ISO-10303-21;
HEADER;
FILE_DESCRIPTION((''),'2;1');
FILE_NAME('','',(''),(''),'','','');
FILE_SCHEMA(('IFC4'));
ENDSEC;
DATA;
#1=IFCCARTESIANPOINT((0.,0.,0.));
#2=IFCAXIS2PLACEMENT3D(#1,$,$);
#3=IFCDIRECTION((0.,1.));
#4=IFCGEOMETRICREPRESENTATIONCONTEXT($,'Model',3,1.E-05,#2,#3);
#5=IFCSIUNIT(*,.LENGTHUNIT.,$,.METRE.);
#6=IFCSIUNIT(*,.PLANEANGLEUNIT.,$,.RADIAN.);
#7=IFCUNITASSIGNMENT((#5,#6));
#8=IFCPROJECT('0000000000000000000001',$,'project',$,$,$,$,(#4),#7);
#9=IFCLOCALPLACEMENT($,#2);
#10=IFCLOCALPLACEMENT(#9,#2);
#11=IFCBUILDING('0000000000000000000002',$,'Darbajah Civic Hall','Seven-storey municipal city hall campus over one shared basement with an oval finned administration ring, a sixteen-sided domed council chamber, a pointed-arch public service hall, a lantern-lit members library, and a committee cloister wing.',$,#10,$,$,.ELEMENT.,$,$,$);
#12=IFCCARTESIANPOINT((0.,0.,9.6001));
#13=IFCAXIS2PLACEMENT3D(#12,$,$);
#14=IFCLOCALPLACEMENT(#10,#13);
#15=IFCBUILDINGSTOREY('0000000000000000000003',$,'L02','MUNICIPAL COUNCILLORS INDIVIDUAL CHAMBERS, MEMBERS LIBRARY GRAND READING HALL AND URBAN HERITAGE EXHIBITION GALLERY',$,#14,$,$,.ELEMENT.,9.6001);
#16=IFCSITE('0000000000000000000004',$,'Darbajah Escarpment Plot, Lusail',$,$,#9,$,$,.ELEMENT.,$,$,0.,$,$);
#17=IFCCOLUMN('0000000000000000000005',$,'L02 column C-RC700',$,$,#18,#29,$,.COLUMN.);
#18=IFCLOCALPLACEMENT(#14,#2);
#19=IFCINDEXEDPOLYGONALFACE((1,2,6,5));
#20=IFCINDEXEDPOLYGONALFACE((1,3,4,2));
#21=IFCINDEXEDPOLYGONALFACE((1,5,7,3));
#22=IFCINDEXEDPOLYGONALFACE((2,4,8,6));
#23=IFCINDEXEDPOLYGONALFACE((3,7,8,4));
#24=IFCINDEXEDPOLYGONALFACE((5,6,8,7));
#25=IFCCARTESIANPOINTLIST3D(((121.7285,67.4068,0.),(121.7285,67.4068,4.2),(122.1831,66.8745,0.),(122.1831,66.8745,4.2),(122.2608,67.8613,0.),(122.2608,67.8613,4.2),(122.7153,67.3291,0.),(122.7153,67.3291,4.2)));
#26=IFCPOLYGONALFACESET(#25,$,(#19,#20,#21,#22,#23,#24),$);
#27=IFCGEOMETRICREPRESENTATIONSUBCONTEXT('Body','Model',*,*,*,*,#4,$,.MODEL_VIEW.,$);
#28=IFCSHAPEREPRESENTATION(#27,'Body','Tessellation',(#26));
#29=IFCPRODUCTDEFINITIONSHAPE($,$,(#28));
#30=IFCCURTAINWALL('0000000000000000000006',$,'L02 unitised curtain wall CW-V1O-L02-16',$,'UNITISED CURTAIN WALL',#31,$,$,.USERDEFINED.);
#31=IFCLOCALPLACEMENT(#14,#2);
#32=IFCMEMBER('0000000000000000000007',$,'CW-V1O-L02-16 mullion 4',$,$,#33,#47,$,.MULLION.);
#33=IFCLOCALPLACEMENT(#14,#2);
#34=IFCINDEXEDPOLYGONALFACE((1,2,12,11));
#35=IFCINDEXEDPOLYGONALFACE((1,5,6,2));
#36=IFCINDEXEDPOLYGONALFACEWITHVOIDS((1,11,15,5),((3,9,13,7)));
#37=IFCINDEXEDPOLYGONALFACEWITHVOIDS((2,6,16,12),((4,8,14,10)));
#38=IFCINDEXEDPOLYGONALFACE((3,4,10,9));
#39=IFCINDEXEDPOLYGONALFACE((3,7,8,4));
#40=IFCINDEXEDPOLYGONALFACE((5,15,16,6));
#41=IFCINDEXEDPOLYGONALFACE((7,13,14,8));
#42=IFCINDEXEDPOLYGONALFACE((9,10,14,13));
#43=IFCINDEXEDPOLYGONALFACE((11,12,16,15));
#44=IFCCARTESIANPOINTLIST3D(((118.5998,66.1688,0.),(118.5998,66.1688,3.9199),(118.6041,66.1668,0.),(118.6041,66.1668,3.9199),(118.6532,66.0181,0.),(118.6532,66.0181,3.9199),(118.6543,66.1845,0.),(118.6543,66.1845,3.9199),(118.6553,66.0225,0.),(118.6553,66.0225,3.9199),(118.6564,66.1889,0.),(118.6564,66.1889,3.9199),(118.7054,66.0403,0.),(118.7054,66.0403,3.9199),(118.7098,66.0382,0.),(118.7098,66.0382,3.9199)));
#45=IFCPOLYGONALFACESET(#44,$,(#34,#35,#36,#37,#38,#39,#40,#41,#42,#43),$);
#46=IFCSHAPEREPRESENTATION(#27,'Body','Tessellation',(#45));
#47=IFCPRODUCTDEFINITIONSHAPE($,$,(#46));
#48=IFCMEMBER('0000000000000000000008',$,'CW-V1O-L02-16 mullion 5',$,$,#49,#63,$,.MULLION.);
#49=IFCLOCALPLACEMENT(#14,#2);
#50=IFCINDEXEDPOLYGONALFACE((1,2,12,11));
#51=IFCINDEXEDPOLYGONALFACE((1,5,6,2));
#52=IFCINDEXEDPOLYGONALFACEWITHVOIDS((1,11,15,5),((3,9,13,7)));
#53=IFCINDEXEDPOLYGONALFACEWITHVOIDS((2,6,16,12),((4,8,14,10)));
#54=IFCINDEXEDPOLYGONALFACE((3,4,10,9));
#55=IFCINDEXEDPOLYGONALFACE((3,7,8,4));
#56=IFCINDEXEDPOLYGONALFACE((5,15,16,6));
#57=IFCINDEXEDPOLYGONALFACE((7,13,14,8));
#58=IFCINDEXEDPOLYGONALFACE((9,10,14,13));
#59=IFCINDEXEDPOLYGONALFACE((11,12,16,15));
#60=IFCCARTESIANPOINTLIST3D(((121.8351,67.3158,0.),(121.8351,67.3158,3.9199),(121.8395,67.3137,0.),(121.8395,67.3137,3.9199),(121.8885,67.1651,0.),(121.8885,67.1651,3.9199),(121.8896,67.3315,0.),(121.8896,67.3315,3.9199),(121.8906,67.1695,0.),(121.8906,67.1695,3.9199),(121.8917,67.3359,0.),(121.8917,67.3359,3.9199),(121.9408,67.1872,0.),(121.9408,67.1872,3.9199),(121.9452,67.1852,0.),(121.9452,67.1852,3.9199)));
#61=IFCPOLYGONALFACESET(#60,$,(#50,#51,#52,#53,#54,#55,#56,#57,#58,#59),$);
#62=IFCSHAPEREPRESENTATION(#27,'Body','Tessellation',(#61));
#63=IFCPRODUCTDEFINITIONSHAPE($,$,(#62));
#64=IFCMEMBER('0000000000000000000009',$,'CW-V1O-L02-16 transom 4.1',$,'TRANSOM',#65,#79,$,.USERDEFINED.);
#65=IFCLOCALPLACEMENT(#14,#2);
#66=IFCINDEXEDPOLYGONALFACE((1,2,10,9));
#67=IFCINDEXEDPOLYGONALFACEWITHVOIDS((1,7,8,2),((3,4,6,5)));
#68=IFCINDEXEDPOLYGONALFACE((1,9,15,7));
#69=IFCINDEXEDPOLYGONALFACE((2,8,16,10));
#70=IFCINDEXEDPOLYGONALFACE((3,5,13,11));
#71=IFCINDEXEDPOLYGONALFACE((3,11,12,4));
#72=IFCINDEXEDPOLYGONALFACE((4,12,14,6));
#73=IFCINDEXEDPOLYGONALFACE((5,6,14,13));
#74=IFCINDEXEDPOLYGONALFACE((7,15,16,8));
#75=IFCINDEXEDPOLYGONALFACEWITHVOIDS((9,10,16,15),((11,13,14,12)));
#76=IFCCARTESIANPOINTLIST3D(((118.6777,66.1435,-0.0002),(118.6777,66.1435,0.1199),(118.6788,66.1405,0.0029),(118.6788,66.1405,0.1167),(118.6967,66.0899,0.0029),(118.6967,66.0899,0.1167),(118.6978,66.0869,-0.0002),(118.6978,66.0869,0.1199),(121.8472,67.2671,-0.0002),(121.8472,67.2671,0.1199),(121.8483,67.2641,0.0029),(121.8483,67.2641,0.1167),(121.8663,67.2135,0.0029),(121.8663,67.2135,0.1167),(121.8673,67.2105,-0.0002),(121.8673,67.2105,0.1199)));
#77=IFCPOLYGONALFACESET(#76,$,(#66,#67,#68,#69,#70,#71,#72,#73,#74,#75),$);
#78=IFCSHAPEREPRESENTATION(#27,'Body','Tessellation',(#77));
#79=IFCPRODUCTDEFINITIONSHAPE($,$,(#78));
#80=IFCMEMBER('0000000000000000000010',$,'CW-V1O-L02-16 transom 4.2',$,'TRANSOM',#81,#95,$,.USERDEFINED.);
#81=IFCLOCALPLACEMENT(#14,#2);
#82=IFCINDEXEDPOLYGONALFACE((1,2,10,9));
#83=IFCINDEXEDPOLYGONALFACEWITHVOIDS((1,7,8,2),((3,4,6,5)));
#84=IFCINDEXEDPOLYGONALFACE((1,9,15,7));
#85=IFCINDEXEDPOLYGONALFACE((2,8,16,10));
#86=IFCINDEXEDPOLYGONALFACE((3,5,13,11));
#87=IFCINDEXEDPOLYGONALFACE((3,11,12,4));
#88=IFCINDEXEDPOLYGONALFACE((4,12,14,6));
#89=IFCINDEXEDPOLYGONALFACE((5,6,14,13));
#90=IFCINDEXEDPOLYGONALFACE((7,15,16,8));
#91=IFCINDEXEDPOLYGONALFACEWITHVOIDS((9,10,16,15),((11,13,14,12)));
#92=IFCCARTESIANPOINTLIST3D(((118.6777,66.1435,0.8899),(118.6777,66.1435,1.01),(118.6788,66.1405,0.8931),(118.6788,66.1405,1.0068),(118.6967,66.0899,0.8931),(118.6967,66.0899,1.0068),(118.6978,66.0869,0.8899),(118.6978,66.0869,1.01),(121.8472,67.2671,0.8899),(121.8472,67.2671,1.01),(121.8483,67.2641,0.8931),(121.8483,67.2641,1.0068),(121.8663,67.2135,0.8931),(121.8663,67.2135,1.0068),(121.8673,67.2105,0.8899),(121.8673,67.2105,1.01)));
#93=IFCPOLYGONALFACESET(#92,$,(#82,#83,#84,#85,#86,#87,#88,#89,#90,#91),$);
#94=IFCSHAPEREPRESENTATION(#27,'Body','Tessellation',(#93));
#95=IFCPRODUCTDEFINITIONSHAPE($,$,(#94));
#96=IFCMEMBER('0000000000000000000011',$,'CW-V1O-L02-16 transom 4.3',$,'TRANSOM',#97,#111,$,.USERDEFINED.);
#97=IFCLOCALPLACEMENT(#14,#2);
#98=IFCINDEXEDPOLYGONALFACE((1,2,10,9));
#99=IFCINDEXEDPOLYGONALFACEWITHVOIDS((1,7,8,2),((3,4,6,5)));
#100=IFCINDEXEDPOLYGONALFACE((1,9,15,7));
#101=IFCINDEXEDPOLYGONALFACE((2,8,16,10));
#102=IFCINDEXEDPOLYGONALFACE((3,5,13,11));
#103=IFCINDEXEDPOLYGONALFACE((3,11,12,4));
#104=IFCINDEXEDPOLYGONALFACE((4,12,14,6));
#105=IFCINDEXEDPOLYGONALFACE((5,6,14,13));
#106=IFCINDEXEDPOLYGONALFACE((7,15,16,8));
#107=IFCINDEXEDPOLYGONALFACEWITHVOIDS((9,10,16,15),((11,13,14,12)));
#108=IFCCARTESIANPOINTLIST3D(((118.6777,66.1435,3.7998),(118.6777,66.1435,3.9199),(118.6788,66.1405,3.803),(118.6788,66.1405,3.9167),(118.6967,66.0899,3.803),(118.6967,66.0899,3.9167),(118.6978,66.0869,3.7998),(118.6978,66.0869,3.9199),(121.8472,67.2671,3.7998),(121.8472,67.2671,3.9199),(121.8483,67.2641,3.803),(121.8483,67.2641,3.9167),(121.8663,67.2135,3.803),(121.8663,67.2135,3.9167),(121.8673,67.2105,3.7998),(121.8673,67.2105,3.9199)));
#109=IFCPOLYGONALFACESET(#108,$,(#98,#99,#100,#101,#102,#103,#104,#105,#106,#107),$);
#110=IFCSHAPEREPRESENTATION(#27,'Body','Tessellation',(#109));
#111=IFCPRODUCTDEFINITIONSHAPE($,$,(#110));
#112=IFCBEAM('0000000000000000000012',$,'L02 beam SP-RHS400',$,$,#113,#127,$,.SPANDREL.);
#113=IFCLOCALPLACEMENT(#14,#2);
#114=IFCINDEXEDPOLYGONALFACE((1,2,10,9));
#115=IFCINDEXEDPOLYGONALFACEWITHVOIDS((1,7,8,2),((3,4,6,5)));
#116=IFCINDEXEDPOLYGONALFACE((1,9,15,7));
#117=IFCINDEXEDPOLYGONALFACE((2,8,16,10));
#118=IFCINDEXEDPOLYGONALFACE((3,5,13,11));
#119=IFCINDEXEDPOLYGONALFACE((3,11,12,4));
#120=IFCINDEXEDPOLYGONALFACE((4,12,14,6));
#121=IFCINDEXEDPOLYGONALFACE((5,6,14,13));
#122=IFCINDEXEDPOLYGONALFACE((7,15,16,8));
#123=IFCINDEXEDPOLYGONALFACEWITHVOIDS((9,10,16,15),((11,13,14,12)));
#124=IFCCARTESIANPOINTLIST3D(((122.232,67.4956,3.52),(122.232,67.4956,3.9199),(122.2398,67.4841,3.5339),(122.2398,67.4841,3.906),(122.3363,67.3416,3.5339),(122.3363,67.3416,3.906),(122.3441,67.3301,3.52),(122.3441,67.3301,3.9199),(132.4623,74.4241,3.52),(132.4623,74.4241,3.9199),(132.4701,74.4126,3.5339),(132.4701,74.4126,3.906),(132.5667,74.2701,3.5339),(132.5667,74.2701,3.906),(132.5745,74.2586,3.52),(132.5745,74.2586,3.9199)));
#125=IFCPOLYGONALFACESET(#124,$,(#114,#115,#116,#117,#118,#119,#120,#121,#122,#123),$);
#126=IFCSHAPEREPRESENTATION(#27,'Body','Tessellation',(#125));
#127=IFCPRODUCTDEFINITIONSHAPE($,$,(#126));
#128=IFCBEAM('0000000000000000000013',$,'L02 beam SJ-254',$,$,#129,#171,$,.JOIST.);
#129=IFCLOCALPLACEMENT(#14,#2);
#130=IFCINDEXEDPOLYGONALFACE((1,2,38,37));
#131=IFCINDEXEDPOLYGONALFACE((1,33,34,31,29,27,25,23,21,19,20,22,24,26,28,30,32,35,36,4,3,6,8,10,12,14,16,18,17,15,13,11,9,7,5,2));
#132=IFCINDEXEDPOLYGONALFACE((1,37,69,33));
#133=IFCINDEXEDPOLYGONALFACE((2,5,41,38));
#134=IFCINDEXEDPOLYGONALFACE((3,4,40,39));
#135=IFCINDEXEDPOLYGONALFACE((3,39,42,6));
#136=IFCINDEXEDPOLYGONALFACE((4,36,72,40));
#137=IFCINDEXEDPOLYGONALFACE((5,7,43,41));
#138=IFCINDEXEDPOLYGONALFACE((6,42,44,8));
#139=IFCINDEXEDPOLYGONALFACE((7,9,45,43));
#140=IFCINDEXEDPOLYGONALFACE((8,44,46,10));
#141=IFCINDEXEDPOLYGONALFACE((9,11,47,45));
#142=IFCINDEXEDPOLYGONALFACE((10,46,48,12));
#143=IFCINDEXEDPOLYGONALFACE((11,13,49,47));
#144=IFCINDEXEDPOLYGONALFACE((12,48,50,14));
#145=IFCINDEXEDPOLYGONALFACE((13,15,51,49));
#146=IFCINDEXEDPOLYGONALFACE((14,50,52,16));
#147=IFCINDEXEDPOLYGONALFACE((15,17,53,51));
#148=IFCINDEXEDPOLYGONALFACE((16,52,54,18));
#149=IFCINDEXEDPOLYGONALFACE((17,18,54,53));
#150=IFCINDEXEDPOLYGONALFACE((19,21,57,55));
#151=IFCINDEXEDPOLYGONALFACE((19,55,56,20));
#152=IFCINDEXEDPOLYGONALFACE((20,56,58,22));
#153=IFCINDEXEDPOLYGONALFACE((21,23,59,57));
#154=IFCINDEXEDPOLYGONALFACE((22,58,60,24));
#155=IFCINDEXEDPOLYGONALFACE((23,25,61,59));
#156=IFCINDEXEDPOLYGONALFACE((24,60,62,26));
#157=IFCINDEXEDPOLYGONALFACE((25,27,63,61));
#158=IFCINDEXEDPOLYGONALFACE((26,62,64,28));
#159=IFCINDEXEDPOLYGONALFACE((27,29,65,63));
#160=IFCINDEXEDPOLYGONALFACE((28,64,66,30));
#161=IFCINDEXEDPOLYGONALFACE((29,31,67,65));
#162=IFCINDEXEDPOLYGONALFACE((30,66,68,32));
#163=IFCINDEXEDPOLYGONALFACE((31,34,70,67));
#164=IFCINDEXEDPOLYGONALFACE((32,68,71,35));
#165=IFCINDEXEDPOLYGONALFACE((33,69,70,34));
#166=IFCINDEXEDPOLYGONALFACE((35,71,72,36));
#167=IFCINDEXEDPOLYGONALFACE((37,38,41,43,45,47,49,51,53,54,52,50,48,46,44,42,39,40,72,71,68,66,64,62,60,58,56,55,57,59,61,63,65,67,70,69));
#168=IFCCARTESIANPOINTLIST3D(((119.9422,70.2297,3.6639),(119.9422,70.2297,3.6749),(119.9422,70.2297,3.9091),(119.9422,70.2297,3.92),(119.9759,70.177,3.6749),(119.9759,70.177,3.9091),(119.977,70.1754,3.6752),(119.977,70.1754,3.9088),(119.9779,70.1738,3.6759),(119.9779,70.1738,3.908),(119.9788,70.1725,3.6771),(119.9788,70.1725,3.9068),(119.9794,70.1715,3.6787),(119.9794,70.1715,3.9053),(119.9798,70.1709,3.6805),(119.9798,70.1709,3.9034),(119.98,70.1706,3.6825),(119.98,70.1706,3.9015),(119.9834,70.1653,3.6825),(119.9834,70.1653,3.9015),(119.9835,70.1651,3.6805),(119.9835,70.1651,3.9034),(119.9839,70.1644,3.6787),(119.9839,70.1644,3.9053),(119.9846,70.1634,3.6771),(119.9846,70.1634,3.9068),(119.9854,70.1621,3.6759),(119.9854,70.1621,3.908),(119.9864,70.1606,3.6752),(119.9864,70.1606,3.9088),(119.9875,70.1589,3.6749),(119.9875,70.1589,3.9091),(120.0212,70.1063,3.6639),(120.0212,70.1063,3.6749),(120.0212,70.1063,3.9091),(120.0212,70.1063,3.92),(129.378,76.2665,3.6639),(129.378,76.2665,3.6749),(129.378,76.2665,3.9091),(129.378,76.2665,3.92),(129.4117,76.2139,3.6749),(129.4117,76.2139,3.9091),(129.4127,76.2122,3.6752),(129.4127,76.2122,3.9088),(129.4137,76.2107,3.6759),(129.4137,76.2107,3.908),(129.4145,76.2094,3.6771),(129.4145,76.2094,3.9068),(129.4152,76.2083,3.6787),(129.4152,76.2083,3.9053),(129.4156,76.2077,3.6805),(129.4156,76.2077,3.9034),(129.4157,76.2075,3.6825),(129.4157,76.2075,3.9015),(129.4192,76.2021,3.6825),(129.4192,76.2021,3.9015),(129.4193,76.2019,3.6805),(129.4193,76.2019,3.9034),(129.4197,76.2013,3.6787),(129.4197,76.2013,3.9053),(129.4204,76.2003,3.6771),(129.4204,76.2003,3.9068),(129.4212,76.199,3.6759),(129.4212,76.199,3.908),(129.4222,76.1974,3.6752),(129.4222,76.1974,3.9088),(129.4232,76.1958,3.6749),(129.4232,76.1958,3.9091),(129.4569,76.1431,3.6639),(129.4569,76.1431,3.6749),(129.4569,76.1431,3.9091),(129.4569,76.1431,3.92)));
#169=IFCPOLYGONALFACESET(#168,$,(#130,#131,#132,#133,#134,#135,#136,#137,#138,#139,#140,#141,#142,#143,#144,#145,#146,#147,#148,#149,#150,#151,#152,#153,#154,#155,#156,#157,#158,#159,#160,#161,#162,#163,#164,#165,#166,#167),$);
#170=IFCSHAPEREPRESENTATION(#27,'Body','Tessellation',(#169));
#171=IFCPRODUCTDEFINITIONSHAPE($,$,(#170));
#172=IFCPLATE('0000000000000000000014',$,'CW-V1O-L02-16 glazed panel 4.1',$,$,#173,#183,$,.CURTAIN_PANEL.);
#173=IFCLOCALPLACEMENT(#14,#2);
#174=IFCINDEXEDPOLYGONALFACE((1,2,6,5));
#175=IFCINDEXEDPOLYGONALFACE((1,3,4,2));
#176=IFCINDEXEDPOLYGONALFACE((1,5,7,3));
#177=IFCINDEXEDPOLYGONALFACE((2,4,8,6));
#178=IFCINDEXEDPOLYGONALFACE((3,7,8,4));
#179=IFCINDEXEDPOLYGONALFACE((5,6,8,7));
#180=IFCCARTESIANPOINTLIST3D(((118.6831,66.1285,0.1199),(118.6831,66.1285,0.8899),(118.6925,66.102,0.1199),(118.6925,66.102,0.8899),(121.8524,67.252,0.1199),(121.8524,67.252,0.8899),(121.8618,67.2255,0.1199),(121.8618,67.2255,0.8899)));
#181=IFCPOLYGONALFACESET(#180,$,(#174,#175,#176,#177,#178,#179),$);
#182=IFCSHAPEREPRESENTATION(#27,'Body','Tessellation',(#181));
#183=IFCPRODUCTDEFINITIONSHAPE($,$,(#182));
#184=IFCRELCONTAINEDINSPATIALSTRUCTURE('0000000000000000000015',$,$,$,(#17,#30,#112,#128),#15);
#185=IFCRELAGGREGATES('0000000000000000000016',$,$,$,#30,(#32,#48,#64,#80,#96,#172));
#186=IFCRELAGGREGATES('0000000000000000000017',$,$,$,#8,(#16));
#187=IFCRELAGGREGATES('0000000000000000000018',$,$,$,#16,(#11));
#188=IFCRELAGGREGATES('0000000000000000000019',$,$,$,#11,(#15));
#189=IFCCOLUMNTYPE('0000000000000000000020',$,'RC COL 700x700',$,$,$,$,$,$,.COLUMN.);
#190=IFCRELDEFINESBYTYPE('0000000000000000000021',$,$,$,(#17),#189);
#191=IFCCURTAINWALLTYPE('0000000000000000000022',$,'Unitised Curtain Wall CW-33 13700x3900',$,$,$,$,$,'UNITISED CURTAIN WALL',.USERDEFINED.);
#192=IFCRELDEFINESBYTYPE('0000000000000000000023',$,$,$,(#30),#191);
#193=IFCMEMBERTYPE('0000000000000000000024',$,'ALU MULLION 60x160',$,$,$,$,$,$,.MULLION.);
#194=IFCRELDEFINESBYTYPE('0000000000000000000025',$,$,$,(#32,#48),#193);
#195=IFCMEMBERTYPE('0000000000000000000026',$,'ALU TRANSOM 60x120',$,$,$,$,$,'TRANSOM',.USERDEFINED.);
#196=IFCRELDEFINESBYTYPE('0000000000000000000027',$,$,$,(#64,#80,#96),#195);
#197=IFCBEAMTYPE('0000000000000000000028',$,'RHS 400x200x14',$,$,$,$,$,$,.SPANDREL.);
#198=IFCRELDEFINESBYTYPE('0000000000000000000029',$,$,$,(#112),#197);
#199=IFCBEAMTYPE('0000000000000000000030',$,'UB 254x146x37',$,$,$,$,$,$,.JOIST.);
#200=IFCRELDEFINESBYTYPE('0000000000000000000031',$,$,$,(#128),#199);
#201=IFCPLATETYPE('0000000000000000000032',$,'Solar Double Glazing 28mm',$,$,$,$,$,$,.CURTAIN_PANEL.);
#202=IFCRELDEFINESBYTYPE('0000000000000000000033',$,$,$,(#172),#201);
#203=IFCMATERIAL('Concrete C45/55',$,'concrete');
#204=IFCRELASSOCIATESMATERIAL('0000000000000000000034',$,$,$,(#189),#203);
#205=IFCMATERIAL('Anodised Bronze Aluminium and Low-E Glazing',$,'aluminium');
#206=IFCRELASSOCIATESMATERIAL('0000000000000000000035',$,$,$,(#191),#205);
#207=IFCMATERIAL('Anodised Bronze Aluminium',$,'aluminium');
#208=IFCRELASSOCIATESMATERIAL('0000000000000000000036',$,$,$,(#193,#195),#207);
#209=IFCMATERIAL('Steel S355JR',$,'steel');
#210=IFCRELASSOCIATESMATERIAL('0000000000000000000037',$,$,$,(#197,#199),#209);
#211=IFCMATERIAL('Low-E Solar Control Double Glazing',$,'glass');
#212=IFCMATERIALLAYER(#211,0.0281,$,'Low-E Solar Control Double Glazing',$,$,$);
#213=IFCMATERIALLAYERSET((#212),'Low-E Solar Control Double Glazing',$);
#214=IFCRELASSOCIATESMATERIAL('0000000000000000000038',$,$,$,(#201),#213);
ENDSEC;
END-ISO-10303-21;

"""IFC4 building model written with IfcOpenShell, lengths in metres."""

from ifc_helpers import new_model, si_unit, direction, frame, origin, origin_2d, place, context, subcontext, project, spatial, rectangle, hollow_rectangle, i_section, extrude, material, layer, layer_set, material_profile, profile_set, type_object, element, aggregate, save


model = new_model("IFC4")

# Units and contexts
model_context = context("Model", 3, precision=1e-05, world=origin(), true_north=direction((0.0, 1.0)))
body_context = subcontext(model_context, "Body", "Model", "MODEL_VIEW")
ifc_project = project(units=[si_unit("LENGTHUNIT", "METRE"), si_unit("PLANEANGLEUNIT", "RADIAN")], contexts=[model_context])

# Site, building, storey
site_placement = place(None, origin())
site = spatial("IfcSite", under=ifc_project, at=site_placement, Name="Darbajah Escarpment Plot, Lusail", CompositionType="ELEMENT", RefElevation=0.0)
building_placement = place(site_placement, origin())
building = spatial("IfcBuilding", under=site, at=building_placement, Name="Darbajah Civic Hall", Description="Seven-storey municipal city hall campus over one shared basement with an oval finned administration ring, a sixteen-sided domed council chamber, a pointed-arch public service hall, a lantern-lit members library, and a committee cloister wing.", CompositionType="ELEMENT")
storey_placement = place(building_placement, frame((0.0, 0.0, 9.6001)))
storey = spatial("IfcBuildingStorey", under=building, at=storey_placement, Name="L02", Description="MUNICIPAL COUNCILLORS INDIVIDUAL CHAMBERS, MEMBERS LIBRARY GRAND READING HALL AND URBAN HERITAGE EXHIBITION GALLERY", CompositionType="ELEMENT", Elevation=9.6001)

# Column
ifc_material_1 = material(Name="Concrete C45/55", Category="concrete")
ifc_material_profile_1 = material_profile(ifc_material_1, rectangle(XDim=0.7, YDim=0.7, at=origin_2d()), Name="RC COL 700x700")
ifc_profile_set_1 = profile_set([ifc_material_profile_1], Name="Concrete C45/55")
column_type = type_object("IfcColumnType", Name="RC COL 700x700", PredefinedType="COLUMN", material=ifc_profile_set_1)
column_placement = place(storey_placement, frame((122.2219, 67.3679, 0.0), z_axis=(0.0, 0.0, 1.0), x_axis=(0.649448, -0.760406, 0.0)))
element("IfcColumn", 1, at=column_placement, inside=storey, type_object=column_type, Name="L02 column C-RC700", PredefinedType="COLUMN", context=body_context, shape_type="SweptSolid", body=[
    extrude(rectangle(XDim=0.7, YDim=0.7, at=origin_2d()), origin(), (0.0, 0.0, 1.0), 4.2),
])

# Curtain wall, members
ifc_material_2 = material(Name="Anodised Bronze Aluminium and Low-E Glazing", Category="aluminium")
curtain_wall_type = type_object("IfcCurtainWallType", Name="Unitised Curtain Wall CW-33 13700x3900", ElementType="UNITISED CURTAIN WALL", PredefinedType="USERDEFINED", material=ifc_material_2)
curtain_wall_placement = place(storey_placement, origin())
curtain_wall = element("IfcCurtainWall", 2, at=curtain_wall_placement, inside=storey, type_object=curtain_wall_type, Name="L02 unitised curtain wall CW-V1O-L02-16", ObjectType="UNITISED CURTAIN WALL", PredefinedType="USERDEFINED")
ifc_material_3 = material(Name="Anodised Bronze Aluminium", Category="aluminium")
ifc_material_profile_2 = material_profile(ifc_material_3, hollow_rectangle(XDim=0.0601, YDim=0.1599, WallThickness=0.0034, at=origin_2d()), Name="ALU MULLION 60x160")
ifc_profile_set_2 = profile_set([ifc_material_profile_2], Name="Anodised Bronze Aluminium")
member_type_1 = type_object("IfcMemberType", Name="ALU MULLION 60x160", PredefinedType="MULLION", material=ifc_profile_set_2)
member_1_placement = place(storey_placement, frame((118.6548, 66.1035, 0.0), z_axis=(0.0, 0.0, 1.0), x_axis=(0.942525, 0.334136, 0.0)))
member_1 = element("IfcMember", 3, at=member_1_placement, type_object=member_type_1, Name="CW-V1O-L02-16 mullion 4", PredefinedType="MULLION", context=body_context, shape_type="SweptSolid", body=[
    extrude(hollow_rectangle(XDim=0.0601, YDim=0.1599, WallThickness=0.0034, at=origin_2d()), origin(), (0.0, 0.0, 1.0), 3.9199),
])
member_2_placement = place(storey_placement, frame((121.8901, 67.2505, 0.0), z_axis=(0.0, 0.0, 1.0), x_axis=(0.942525, 0.334136, 0.0)))
member_2 = element("IfcMember", 4, at=member_2_placement, type_object=member_type_1, Name="CW-V1O-L02-16 mullion 5", PredefinedType="MULLION", context=body_context, shape_type="SweptSolid", body=[
    extrude(hollow_rectangle(XDim=0.0601, YDim=0.1599, WallThickness=0.0034, at=origin_2d()), origin(), (0.0, 0.0, 1.0), 3.9199),
])
ifc_material_profile_3 = material_profile(ifc_material_3, hollow_rectangle(XDim=0.0601, YDim=0.1201, WallThickness=0.0032, at=origin_2d()), Name="ALU TRANSOM 60x120")
ifc_profile_set_3 = profile_set([ifc_material_profile_3], Name="Anodised Bronze Aluminium")
member_type_2 = type_object("IfcMemberType", Name="ALU TRANSOM 60x120", ElementType="TRANSOM", PredefinedType="USERDEFINED", material=ifc_profile_set_3)
member_3_placement = place(storey_placement, frame((118.6877, 66.1152, 0.0598), z_axis=(0.942531, 0.334119, 0.0), x_axis=(-0.334119, 0.942531, 0.0)))
member_3 = element("IfcMember", 5, at=member_3_placement, type_object=member_type_2, Name="CW-V1O-L02-16 transom 4.1", ObjectType="TRANSOM", PredefinedType="USERDEFINED", context=body_context, shape_type="SweptSolid", body=[
    extrude(hollow_rectangle(XDim=0.0601, YDim=0.1201, WallThickness=0.0032, at=origin_2d()), origin(), (0.0, 0.0, 1.0), 3.3628),
])
member_4_placement = place(storey_placement, frame((118.6877, 66.1152, 0.95), z_axis=(0.942531, 0.334119, 0.0), x_axis=(-0.334119, 0.942531, 0.0)))
member_4 = element("IfcMember", 6, at=member_4_placement, type_object=member_type_2, Name="CW-V1O-L02-16 transom 4.2", ObjectType="TRANSOM", PredefinedType="USERDEFINED", context=body_context, shape_type="SweptSolid", body=[
    extrude(hollow_rectangle(XDim=0.0601, YDim=0.1201, WallThickness=0.0032, at=origin_2d()), origin(), (0.0, 0.0, 1.0), 3.3628),
])
member_5_placement = place(storey_placement, frame((118.6877, 66.1152, 3.8599), z_axis=(0.942531, 0.334119, 0.0), x_axis=(-0.334119, 0.942531, 0.0)))
member_5 = element("IfcMember", 7, at=member_5_placement, type_object=member_type_2, Name="CW-V1O-L02-16 transom 4.3", ObjectType="TRANSOM", PredefinedType="USERDEFINED", context=body_context, shape_type="SweptSolid", body=[
    extrude(hollow_rectangle(XDim=0.0601, YDim=0.1201, WallThickness=0.0032, at=origin_2d()), origin(), (0.0, 0.0, 1.0), 3.3628),
])

# Beams
ifc_material_4 = material(Name="Steel S355JR", Category="steel")
ifc_material_profile_4 = material_profile(ifc_material_4, hollow_rectangle(XDim=0.2, YDim=0.3999, WallThickness=0.0139, at=origin_2d()), Name="RHS 400x200x14")
ifc_profile_set_4 = profile_set([ifc_material_profile_4], Name="Steel S355JR")
beam_type_1 = type_object("IfcBeamType", Name="RHS 400x200x14", PredefinedType="SPANDREL", material=ifc_profile_set_4)
beam_1_placement = place(storey_placement, frame((122.2881, 67.4128, 3.72), z_axis=(0.827982, 0.560755, 0.0), x_axis=(-0.560755, 0.827982, 0.0)))
element("IfcBeam", 8, at=beam_1_placement, inside=storey, type_object=beam_type_1, Name="L02 beam SP-RHS400", PredefinedType="SPANDREL", context=body_context, shape_type="SweptSolid", body=[
    extrude(hollow_rectangle(XDim=0.2, YDim=0.3999, WallThickness=0.0139, at=origin_2d()), origin(), (0.0, 0.0, 1.0), 12.3557),
])
ifc_material_profile_5 = material_profile(ifc_material_4, i_section(OverallWidth=0.1465, OverallDepth=0.2561, WebThickness=0.0063, FlangeThickness=0.011, FilletRadius=0.0076, at=origin_2d()), Name="UB 254x146x37")
ifc_profile_set_5 = profile_set([ifc_material_profile_5], Name="Steel S355JR")
beam_type_2 = type_object("IfcBeamType", Name="UB 254x146x37", PredefinedType="JOIST", material=ifc_profile_set_5)
beam_2_placement = place(storey_placement, frame((119.9817, 70.168, 3.792), z_axis=(0.842354, 0.538924, 0.0), x_axis=(-0.538924, 0.842354, 0.0)))
element("IfcBeam", 9, at=beam_2_placement, inside=storey, type_object=beam_type_2, Name="L02 beam SJ-254", PredefinedType="JOIST", context=body_context, shape_type="SweptSolid", body=[
    extrude(i_section(OverallWidth=0.1465, OverallDepth=0.2561, WebThickness=0.0063, FlangeThickness=0.011, FilletRadius=0.0076, at=origin_2d()), origin(), (0.0, 0.0, 1.0), 11.2017),
])

# Plate
ifc_material_5 = material(Name="Low-E Solar Control Double Glazing", Category="glass")
ifc_layer_1 = layer(ifc_material_5, 0.0281, Name="Low-E Solar Control Double Glazing")
ifc_layer_set_1 = layer_set([ifc_layer_1], Name="Low-E Solar Control Double Glazing")
plate_type = type_object("IfcPlateType", Name="Solar Double Glazing 28mm", PredefinedType="CURTAIN_PANEL", material=ifc_layer_set_1)
plate_1_placement = place(storey_placement, frame((120.2725, 66.677, 0.1199), z_axis=(0.0, 0.0, 1.0), x_axis=(0.942525, 0.334136, 0.0)))
plate_1 = element("IfcPlate", 10, at=plate_1_placement, type_object=plate_type, Name="CW-V1O-L02-16 glazed panel 4.1", PredefinedType="CURTAIN_PANEL", context=body_context, shape_type="SweptSolid", body=[
    extrude(rectangle(XDim=3.3625, YDim=0.0281, at=origin_2d()), origin(), (0.0, 0.0, 1.0), 0.77),
])
aggregate(curtain_wall, [member_1, member_2, member_3, member_4, member_5, plate_1])

save(model, "model.ifc")
